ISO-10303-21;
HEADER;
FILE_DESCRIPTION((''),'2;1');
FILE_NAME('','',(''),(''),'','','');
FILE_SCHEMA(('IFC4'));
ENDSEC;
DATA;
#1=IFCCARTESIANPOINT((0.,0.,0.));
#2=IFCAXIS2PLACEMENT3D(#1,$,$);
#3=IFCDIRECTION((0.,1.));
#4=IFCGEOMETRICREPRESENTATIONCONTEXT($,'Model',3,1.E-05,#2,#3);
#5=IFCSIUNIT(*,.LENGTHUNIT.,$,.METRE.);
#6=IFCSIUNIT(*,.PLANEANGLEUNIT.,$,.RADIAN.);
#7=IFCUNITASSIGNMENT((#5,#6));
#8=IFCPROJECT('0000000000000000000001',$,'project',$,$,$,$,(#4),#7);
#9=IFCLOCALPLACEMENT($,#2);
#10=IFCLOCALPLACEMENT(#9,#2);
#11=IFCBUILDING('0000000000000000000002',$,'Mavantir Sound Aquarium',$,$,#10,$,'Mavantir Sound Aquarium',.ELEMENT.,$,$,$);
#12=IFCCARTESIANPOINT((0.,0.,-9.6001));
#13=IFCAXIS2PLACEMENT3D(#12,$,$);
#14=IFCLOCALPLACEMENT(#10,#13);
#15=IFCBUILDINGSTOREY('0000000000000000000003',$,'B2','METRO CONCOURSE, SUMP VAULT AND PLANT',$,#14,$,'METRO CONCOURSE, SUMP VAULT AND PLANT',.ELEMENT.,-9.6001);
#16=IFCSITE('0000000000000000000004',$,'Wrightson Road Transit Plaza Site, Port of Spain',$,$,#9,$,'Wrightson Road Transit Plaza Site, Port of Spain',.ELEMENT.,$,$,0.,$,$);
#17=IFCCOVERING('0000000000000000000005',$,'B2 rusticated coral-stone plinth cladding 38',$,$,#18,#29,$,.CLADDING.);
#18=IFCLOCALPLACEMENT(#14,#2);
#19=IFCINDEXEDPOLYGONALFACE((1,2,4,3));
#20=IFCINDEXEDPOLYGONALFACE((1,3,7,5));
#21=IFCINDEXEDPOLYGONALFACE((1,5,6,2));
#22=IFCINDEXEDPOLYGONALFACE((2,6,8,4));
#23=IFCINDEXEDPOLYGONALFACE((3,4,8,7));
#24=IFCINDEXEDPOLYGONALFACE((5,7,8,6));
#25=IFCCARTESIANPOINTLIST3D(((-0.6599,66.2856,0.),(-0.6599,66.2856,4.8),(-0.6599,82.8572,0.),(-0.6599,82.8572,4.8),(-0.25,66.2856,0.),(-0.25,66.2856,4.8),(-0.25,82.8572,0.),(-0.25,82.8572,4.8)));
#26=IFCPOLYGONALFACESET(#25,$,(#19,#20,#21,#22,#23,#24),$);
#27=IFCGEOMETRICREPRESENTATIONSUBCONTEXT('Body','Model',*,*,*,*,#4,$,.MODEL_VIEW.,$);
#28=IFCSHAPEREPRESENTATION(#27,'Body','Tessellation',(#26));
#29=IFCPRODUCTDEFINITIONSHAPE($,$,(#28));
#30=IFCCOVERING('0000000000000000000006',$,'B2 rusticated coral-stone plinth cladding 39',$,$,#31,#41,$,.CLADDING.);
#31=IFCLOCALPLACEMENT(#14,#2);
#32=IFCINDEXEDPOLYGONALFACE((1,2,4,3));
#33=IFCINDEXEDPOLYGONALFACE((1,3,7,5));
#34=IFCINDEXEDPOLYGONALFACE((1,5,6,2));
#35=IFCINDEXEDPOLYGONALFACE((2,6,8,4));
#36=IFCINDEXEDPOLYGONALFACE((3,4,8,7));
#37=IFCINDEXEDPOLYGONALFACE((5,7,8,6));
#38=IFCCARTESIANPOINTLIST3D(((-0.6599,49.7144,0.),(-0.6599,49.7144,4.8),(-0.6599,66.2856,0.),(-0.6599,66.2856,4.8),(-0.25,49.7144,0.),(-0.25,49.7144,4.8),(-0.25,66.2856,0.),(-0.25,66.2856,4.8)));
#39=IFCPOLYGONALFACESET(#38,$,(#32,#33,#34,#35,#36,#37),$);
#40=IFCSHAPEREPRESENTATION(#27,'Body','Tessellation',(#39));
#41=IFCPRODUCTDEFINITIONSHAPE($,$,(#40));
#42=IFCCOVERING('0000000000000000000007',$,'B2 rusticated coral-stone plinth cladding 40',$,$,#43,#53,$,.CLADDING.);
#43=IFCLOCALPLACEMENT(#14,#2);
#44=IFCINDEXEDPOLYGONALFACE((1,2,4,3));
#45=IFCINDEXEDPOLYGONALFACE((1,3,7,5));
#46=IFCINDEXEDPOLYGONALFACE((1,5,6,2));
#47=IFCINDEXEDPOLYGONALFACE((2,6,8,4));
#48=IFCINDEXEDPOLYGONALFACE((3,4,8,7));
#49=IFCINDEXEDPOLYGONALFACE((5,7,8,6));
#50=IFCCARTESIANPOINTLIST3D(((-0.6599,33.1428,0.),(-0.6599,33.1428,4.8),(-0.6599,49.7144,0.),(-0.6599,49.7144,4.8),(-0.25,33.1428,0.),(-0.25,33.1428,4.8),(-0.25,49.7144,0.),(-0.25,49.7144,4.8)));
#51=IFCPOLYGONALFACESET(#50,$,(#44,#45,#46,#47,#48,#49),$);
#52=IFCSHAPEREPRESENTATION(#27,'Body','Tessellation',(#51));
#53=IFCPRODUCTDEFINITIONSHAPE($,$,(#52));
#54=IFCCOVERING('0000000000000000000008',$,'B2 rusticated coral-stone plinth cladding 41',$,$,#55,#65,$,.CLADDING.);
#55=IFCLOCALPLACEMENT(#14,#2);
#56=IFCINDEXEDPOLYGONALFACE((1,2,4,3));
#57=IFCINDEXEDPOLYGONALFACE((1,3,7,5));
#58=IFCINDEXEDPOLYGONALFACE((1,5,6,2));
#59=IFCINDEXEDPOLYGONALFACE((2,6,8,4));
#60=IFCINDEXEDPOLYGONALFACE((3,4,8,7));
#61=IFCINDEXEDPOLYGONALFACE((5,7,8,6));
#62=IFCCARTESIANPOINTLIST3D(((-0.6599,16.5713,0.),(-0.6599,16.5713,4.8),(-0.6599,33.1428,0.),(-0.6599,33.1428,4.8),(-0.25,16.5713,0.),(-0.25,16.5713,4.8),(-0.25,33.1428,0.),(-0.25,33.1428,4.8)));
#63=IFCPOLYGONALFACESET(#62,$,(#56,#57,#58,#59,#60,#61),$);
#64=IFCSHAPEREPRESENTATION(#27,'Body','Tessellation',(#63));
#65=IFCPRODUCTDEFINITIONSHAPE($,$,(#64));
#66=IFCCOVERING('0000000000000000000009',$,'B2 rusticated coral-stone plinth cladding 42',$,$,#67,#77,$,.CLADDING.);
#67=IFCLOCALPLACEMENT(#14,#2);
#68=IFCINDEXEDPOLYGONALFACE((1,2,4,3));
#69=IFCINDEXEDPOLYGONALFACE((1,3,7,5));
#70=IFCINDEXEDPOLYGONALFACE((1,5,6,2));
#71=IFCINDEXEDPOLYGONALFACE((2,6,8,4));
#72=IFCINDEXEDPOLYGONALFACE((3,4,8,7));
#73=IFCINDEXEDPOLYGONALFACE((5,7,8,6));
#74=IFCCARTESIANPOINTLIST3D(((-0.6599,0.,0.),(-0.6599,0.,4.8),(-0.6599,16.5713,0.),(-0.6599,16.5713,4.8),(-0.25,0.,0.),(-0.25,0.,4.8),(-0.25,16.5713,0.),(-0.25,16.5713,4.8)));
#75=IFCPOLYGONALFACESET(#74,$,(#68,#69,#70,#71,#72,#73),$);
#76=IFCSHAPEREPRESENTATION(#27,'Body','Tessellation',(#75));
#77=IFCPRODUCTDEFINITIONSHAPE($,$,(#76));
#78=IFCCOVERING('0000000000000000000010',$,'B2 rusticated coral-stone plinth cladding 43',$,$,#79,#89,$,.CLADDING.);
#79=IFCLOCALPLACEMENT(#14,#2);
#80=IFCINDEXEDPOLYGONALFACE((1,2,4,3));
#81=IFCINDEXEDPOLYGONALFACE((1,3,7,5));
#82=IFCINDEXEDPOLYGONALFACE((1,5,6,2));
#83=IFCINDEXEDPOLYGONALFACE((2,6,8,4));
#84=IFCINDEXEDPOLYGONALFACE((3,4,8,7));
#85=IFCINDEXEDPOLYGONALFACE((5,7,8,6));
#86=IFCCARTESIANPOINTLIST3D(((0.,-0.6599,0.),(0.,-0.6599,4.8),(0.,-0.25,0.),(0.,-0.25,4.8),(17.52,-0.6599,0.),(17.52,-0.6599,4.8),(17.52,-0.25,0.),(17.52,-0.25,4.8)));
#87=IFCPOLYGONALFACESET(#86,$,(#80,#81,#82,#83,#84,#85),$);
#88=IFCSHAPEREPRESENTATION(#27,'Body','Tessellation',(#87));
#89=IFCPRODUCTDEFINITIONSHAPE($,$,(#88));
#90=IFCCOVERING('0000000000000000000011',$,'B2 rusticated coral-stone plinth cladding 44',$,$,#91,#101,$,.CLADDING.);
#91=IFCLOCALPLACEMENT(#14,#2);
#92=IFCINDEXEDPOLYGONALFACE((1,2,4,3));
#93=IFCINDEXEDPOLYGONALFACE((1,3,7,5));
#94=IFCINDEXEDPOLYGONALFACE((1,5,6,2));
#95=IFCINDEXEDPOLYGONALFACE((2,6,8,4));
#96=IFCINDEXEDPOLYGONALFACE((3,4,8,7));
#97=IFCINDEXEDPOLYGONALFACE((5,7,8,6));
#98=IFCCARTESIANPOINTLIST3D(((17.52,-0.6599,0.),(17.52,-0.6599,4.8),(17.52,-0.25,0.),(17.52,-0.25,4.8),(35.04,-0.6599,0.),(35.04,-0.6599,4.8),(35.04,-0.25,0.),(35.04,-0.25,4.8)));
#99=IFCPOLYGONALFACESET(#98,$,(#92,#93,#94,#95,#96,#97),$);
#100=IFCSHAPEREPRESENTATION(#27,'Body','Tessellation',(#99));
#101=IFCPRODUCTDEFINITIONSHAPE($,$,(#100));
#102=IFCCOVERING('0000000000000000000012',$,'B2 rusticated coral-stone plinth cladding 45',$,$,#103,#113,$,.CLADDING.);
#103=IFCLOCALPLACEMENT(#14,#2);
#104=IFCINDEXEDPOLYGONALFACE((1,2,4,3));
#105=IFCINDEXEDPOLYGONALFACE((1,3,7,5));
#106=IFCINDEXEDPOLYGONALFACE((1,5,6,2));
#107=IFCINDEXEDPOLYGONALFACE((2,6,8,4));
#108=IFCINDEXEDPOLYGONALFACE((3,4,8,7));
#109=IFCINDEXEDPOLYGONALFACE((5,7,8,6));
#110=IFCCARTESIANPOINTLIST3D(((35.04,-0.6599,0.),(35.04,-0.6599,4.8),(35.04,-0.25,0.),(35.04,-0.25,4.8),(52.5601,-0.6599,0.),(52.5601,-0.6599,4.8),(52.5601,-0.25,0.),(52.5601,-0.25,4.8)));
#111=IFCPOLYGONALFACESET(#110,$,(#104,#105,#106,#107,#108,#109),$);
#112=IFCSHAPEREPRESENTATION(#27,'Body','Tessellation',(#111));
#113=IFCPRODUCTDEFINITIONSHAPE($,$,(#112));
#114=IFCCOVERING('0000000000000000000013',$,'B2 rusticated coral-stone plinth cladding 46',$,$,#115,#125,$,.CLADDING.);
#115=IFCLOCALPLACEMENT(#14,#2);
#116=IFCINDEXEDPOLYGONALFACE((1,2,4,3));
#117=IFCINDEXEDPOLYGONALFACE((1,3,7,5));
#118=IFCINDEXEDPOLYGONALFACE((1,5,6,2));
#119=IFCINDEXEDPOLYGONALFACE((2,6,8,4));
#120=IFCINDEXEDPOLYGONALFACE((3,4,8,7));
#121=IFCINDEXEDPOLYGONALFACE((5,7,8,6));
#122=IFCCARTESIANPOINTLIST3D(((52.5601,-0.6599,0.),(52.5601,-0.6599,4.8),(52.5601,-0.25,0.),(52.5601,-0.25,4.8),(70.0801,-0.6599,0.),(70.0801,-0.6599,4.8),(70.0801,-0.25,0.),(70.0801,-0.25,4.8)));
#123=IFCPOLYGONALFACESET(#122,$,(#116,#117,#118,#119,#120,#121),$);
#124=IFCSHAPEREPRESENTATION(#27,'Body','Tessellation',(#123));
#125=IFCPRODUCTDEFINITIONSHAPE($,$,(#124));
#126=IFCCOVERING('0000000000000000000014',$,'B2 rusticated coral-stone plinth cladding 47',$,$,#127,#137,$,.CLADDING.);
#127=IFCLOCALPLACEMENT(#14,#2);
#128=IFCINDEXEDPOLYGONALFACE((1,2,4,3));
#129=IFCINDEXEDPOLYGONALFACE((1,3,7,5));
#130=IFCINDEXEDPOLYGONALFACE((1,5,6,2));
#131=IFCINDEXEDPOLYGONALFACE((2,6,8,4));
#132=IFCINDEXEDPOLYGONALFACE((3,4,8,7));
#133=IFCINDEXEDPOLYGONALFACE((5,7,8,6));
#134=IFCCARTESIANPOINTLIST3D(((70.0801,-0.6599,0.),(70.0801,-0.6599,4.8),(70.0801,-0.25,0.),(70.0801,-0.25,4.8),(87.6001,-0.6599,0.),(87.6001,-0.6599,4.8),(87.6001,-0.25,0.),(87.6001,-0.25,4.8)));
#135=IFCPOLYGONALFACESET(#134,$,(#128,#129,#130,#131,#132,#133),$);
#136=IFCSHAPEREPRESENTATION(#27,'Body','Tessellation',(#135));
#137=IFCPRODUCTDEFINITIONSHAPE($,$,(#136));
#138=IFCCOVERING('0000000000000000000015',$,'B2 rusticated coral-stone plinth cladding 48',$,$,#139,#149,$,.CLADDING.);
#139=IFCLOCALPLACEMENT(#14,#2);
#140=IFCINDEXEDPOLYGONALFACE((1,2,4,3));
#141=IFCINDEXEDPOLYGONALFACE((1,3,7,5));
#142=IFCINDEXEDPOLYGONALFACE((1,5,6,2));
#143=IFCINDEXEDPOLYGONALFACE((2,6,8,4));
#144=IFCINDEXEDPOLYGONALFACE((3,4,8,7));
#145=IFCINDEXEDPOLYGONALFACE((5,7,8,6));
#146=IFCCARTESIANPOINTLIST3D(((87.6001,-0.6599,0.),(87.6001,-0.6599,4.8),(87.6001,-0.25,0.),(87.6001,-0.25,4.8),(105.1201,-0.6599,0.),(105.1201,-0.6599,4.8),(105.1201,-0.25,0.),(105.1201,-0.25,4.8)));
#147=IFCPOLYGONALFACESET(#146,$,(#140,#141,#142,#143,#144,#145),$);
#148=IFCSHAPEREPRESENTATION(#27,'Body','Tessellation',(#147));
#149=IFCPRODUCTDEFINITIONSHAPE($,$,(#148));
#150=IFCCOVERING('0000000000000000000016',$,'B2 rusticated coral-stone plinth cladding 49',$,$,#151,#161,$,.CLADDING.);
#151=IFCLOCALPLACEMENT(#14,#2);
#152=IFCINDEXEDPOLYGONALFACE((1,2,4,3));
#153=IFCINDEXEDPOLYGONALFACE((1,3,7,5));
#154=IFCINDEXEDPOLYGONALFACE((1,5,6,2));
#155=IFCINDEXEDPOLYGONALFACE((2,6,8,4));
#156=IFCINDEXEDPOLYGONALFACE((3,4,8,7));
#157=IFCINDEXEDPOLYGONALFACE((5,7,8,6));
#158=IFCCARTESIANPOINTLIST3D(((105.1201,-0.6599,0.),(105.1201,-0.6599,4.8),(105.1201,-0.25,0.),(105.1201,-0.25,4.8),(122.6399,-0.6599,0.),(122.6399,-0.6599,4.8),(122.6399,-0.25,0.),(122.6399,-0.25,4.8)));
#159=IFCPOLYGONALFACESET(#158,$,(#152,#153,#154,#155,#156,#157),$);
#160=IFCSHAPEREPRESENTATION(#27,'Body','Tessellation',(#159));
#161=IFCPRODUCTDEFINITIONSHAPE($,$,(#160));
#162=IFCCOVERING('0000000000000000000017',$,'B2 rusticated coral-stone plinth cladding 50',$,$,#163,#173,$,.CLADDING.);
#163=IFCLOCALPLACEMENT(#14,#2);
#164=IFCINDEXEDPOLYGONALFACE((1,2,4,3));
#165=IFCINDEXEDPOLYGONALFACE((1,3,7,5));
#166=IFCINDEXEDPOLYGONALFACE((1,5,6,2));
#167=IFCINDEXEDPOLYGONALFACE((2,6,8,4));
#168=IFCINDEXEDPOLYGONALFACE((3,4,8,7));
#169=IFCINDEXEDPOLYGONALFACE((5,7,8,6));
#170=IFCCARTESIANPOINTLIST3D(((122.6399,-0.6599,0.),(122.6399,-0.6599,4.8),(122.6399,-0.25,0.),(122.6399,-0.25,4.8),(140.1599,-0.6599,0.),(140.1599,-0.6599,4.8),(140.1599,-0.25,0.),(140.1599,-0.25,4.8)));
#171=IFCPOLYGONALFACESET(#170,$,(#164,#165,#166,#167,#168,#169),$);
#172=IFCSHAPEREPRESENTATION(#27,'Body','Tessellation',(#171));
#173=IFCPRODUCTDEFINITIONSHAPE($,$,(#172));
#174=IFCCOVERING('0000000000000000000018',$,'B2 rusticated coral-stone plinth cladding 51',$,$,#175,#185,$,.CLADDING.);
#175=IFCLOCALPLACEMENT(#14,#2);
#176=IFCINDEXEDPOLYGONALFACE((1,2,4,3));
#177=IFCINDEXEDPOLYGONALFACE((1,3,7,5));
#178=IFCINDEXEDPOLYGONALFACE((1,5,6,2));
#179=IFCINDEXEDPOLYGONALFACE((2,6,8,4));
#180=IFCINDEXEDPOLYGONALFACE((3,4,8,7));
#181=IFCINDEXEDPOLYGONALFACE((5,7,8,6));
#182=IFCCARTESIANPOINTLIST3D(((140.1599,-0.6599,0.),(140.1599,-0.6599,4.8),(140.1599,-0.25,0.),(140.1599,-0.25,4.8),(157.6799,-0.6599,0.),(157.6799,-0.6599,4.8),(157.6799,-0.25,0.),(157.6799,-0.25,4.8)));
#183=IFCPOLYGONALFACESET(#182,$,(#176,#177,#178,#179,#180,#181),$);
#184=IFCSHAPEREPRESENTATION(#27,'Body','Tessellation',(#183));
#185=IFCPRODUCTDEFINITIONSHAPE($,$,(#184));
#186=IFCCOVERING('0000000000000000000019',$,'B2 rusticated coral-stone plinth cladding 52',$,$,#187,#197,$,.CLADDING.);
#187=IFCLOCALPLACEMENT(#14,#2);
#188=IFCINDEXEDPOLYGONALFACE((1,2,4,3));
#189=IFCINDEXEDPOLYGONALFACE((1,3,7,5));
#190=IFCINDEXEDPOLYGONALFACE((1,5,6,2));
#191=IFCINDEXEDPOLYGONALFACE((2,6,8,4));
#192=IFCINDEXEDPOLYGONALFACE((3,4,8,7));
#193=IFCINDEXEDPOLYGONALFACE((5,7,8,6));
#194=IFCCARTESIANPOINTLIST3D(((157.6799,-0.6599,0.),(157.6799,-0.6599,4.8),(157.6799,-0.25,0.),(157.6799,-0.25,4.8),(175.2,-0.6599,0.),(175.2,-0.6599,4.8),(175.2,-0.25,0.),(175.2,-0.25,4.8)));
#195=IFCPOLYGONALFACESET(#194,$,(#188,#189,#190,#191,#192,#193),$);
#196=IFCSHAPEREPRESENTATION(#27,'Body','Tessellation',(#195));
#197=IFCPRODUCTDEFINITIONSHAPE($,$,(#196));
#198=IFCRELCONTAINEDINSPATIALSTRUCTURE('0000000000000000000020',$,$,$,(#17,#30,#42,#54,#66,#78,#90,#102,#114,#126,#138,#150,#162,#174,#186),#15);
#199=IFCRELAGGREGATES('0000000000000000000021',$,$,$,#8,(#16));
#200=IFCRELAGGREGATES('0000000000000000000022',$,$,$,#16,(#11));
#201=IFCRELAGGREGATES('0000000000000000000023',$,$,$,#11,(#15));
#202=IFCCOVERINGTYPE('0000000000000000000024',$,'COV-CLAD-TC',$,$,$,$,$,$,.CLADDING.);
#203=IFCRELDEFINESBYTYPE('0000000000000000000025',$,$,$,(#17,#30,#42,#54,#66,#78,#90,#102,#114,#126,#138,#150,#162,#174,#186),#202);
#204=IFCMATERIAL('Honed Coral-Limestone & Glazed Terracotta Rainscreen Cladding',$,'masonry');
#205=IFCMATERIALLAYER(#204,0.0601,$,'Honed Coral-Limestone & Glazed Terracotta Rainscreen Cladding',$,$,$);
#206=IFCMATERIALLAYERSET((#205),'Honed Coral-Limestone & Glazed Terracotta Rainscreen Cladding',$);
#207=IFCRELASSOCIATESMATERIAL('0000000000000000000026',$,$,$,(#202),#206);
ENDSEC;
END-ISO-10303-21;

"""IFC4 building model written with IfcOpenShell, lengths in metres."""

from ifc_helpers import new_model, si_unit, direction, frame, origin, place, context, subcontext, project, spatial, polyline, outline, extrude, material, layer, layer_set, type_object, element, save


model = new_model("IFC4")

# Units and contexts
model_context = context("Model", 3, precision=1e-05, world=origin(), true_north=direction((0.0, 1.0)))
body_context = subcontext(model_context, "Body", "Model", "MODEL_VIEW")
ifc_project = project(units=[si_unit("LENGTHUNIT", "METRE"), si_unit("PLANEANGLEUNIT", "RADIAN")], contexts=[model_context])

# Site, building, storey
site_placement = place(None, origin())
site = spatial("IfcSite", under=ifc_project, at=site_placement, Name="Wrightson Road Transit Plaza Site, Port of Spain", LongName="Wrightson Road Transit Plaza Site, Port of Spain", CompositionType="ELEMENT", RefElevation=0.0)
building_placement = place(site_placement, origin())
building = spatial("IfcBuilding", under=site, at=building_placement, Name="Mavantir Sound Aquarium", LongName="Mavantir Sound Aquarium", CompositionType="ELEMENT")
storey_placement = place(building_placement, frame((0.0, 0.0, -9.6001)))
storey = spatial("IfcBuildingStorey", under=building, at=storey_placement, Name="B2", Description="METRO CONCOURSE, SUMP VAULT AND PLANT", LongName="METRO CONCOURSE, SUMP VAULT AND PLANT", CompositionType="ELEMENT", Elevation=-9.6001)

# Coverings
ifc_material_1 = material(Name="Honed Coral-Limestone & Glazed Terracotta Rainscreen Cladding", Category="masonry")
ifc_layer_1 = layer(ifc_material_1, 0.0601, Name="Honed Coral-Limestone & Glazed Terracotta Rainscreen Cladding")
ifc_layer_set_1 = layer_set([ifc_layer_1], Name="Honed Coral-Limestone & Glazed Terracotta Rainscreen Cladding")
covering_type_1 = type_object("IfcCoveringType", Name="COV-CLAD-TC", PredefinedType="CLADDING", material=ifc_layer_set_1)
covering_1_placement = place(storey_placement, origin())
element("IfcCovering", 1, at=covering_1_placement, inside=storey, type_object=covering_type_1, Name="B2 rusticated coral-stone plinth cladding 38", PredefinedType="CLADDING", context=body_context, shape_type="SweptSolid", body=[
    extrude(outline(polyline([(-0.25, 82.8572), (-0.25, 66.2856), (-0.6599, 66.2856), (-0.6599, 82.8572), (-0.25, 82.8572)])), origin(), (0.0, 0.0, 1.0), 4.8),
])
covering_2_placement = place(storey_placement, origin())
element("IfcCovering", 2, at=covering_2_placement, inside=storey, type_object=covering_type_1, Name="B2 rusticated coral-stone plinth cladding 39", PredefinedType="CLADDING", context=body_context, shape_type="SweptSolid", body=[
    extrude(outline(polyline([(-0.25, 66.2856), (-0.25, 49.7144), (-0.6599, 49.7144), (-0.6599, 66.2856), (-0.25, 66.2856)])), origin(), (0.0, 0.0, 1.0), 4.8),
])
covering_3_placement = place(storey_placement, origin())
element("IfcCovering", 3, at=covering_3_placement, inside=storey, type_object=covering_type_1, Name="B2 rusticated coral-stone plinth cladding 40", PredefinedType="CLADDING", context=body_context, shape_type="SweptSolid", body=[
    extrude(outline(polyline([(-0.25, 49.7144), (-0.25, 33.1428), (-0.6599, 33.1428), (-0.6599, 49.7144), (-0.25, 49.7144)])), origin(), (0.0, 0.0, 1.0), 4.8),
])
covering_4_placement = place(storey_placement, origin())
element("IfcCovering", 4, at=covering_4_placement, inside=storey, type_object=covering_type_1, Name="B2 rusticated coral-stone plinth cladding 41", PredefinedType="CLADDING", context=body_context, shape_type="SweptSolid", body=[
    extrude(outline(polyline([(-0.25, 33.1428), (-0.25, 16.5713), (-0.6599, 16.5713), (-0.6599, 33.1428), (-0.25, 33.1428)])), origin(), (0.0, 0.0, 1.0), 4.8),
])
covering_5_placement = place(storey_placement, origin())
element("IfcCovering", 5, at=covering_5_placement, inside=storey, type_object=covering_type_1, Name="B2 rusticated coral-stone plinth cladding 42", PredefinedType="CLADDING", context=body_context, shape_type="SweptSolid", body=[
    extrude(outline(polyline([(-0.25, 16.5713), (-0.25, 0.0), (-0.6599, 0.0), (-0.6599, 16.5713), (-0.25, 16.5713)])), origin(), (0.0, 0.0, 1.0), 4.8),
])
covering_6_placement = place(storey_placement, origin())
element("IfcCovering", 6, at=covering_6_placement, inside=storey, type_object=covering_type_1, Name="B2 rusticated coral-stone plinth cladding 43", PredefinedType="CLADDING", context=body_context, shape_type="SweptSolid", body=[
    extrude(outline(polyline([(0.0, -0.25), (17.52, -0.25), (17.52, -0.6599), (0.0, -0.6599), (0.0, -0.25)])), origin(), (0.0, 0.0, 1.0), 4.8),
])
covering_7_placement = place(storey_placement, origin())
element("IfcCovering", 7, at=covering_7_placement, inside=storey, type_object=covering_type_1, Name="B2 rusticated coral-stone plinth cladding 44", PredefinedType="CLADDING", context=body_context, shape_type="SweptSolid", body=[
    extrude(outline(polyline([(17.52, -0.25), (35.04, -0.25), (35.04, -0.6599), (17.52, -0.6599), (17.52, -0.25)])), origin(), (0.0, 0.0, 1.0), 4.8),
])
covering_8_placement = place(storey_placement, origin())
element("IfcCovering", 8, at=covering_8_placement, inside=storey, type_object=covering_type_1, Name="B2 rusticated coral-stone plinth cladding 45", PredefinedType="CLADDING", context=body_context, shape_type="SweptSolid", body=[
    extrude(outline(polyline([(35.04, -0.25), (52.5601, -0.25), (52.5601, -0.6599), (35.04, -0.6599), (35.04, -0.25)])), origin(), (0.0, 0.0, 1.0), 4.8),
])
covering_9_placement = place(storey_placement, origin())
element("IfcCovering", 9, at=covering_9_placement, inside=storey, type_object=covering_type_1, Name="B2 rusticated coral-stone plinth cladding 46", PredefinedType="CLADDING", context=body_context, shape_type="SweptSolid", body=[
    extrude(outline(polyline([(52.5601, -0.25), (70.0801, -0.25), (70.0801, -0.6599), (52.5601, -0.6599), (52.5601, -0.25)])), origin(), (0.0, 0.0, 1.0), 4.8),
])
covering_10_placement = place(storey_placement, origin())
element("IfcCovering", 10, at=covering_10_placement, inside=storey, type_object=covering_type_1, Name="B2 rusticated coral-stone plinth cladding 47", PredefinedType="CLADDING", context=body_context, shape_type="SweptSolid", body=[
    extrude(outline(polyline([(70.0801, -0.25), (87.6001, -0.25), (87.6001, -0.6599), (70.0801, -0.6599), (70.0801, -0.25)])), origin(), (0.0, 0.0, 1.0), 4.8),
])
covering_11_placement = place(storey_placement, origin())
element("IfcCovering", 11, at=covering_11_placement, inside=storey, type_object=covering_type_1, Name="B2 rusticated coral-stone plinth cladding 48", PredefinedType="CLADDING", context=body_context, shape_type="SweptSolid", body=[
    extrude(outline(polyline([(87.6001, -0.25), (105.1201, -0.25), (105.1201, -0.6599), (87.6001, -0.6599), (87.6001, -0.25)])), origin(), (0.0, 0.0, 1.0), 4.8),
])
covering_12_placement = place(storey_placement, origin())
element("IfcCovering", 12, at=covering_12_placement, inside=storey, type_object=covering_type_1, Name="B2 rusticated coral-stone plinth cladding 49", PredefinedType="CLADDING", context=body_context, shape_type="SweptSolid", body=[
    extrude(outline(polyline([(105.1201, -0.25), (122.6399, -0.25), (122.6399, -0.6599), (105.1201, -0.6599), (105.1201, -0.25)])), origin(), (0.0, 0.0, 1.0), 4.8),
])
covering_13_placement = place(storey_placement, origin())
element("IfcCovering", 13, at=covering_13_placement, inside=storey, type_object=covering_type_1, Name="B2 rusticated coral-stone plinth cladding 50", PredefinedType="CLADDING", context=body_context, shape_type="SweptSolid", body=[
    extrude(outline(polyline([(122.6399, -0.25), (140.1599, -0.25), (140.1599, -0.6599), (122.6399, -0.6599), (122.6399, -0.25)])), origin(), (0.0, 0.0, 1.0), 4.8),
])
covering_14_placement = place(storey_placement, origin())
element("IfcCovering", 14, at=covering_14_placement, inside=storey, type_object=covering_type_1, Name="B2 rusticated coral-stone plinth cladding 51", PredefinedType="CLADDING", context=body_context, shape_type="SweptSolid", body=[
    extrude(outline(polyline([(140.1599, -0.25), (157.6799, -0.25), (157.6799, -0.6599), (140.1599, -0.6599), (140.1599, -0.25)])), origin(), (0.0, 0.0, 1.0), 4.8),
])
covering_15_placement = place(storey_placement, origin())
element("IfcCovering", 15, at=covering_15_placement, inside=storey, type_object=covering_type_1, Name="B2 rusticated coral-stone plinth cladding 52", PredefinedType="CLADDING", context=body_context, shape_type="SweptSolid", body=[
    extrude(outline(polyline([(157.6799, -0.25), (175.2, -0.25), (175.2, -0.6599), (157.6799, -0.6599), (157.6799, -0.25)])), origin(), (0.0, 0.0, 1.0), 4.8),
])

save(model, "model.ifc")
